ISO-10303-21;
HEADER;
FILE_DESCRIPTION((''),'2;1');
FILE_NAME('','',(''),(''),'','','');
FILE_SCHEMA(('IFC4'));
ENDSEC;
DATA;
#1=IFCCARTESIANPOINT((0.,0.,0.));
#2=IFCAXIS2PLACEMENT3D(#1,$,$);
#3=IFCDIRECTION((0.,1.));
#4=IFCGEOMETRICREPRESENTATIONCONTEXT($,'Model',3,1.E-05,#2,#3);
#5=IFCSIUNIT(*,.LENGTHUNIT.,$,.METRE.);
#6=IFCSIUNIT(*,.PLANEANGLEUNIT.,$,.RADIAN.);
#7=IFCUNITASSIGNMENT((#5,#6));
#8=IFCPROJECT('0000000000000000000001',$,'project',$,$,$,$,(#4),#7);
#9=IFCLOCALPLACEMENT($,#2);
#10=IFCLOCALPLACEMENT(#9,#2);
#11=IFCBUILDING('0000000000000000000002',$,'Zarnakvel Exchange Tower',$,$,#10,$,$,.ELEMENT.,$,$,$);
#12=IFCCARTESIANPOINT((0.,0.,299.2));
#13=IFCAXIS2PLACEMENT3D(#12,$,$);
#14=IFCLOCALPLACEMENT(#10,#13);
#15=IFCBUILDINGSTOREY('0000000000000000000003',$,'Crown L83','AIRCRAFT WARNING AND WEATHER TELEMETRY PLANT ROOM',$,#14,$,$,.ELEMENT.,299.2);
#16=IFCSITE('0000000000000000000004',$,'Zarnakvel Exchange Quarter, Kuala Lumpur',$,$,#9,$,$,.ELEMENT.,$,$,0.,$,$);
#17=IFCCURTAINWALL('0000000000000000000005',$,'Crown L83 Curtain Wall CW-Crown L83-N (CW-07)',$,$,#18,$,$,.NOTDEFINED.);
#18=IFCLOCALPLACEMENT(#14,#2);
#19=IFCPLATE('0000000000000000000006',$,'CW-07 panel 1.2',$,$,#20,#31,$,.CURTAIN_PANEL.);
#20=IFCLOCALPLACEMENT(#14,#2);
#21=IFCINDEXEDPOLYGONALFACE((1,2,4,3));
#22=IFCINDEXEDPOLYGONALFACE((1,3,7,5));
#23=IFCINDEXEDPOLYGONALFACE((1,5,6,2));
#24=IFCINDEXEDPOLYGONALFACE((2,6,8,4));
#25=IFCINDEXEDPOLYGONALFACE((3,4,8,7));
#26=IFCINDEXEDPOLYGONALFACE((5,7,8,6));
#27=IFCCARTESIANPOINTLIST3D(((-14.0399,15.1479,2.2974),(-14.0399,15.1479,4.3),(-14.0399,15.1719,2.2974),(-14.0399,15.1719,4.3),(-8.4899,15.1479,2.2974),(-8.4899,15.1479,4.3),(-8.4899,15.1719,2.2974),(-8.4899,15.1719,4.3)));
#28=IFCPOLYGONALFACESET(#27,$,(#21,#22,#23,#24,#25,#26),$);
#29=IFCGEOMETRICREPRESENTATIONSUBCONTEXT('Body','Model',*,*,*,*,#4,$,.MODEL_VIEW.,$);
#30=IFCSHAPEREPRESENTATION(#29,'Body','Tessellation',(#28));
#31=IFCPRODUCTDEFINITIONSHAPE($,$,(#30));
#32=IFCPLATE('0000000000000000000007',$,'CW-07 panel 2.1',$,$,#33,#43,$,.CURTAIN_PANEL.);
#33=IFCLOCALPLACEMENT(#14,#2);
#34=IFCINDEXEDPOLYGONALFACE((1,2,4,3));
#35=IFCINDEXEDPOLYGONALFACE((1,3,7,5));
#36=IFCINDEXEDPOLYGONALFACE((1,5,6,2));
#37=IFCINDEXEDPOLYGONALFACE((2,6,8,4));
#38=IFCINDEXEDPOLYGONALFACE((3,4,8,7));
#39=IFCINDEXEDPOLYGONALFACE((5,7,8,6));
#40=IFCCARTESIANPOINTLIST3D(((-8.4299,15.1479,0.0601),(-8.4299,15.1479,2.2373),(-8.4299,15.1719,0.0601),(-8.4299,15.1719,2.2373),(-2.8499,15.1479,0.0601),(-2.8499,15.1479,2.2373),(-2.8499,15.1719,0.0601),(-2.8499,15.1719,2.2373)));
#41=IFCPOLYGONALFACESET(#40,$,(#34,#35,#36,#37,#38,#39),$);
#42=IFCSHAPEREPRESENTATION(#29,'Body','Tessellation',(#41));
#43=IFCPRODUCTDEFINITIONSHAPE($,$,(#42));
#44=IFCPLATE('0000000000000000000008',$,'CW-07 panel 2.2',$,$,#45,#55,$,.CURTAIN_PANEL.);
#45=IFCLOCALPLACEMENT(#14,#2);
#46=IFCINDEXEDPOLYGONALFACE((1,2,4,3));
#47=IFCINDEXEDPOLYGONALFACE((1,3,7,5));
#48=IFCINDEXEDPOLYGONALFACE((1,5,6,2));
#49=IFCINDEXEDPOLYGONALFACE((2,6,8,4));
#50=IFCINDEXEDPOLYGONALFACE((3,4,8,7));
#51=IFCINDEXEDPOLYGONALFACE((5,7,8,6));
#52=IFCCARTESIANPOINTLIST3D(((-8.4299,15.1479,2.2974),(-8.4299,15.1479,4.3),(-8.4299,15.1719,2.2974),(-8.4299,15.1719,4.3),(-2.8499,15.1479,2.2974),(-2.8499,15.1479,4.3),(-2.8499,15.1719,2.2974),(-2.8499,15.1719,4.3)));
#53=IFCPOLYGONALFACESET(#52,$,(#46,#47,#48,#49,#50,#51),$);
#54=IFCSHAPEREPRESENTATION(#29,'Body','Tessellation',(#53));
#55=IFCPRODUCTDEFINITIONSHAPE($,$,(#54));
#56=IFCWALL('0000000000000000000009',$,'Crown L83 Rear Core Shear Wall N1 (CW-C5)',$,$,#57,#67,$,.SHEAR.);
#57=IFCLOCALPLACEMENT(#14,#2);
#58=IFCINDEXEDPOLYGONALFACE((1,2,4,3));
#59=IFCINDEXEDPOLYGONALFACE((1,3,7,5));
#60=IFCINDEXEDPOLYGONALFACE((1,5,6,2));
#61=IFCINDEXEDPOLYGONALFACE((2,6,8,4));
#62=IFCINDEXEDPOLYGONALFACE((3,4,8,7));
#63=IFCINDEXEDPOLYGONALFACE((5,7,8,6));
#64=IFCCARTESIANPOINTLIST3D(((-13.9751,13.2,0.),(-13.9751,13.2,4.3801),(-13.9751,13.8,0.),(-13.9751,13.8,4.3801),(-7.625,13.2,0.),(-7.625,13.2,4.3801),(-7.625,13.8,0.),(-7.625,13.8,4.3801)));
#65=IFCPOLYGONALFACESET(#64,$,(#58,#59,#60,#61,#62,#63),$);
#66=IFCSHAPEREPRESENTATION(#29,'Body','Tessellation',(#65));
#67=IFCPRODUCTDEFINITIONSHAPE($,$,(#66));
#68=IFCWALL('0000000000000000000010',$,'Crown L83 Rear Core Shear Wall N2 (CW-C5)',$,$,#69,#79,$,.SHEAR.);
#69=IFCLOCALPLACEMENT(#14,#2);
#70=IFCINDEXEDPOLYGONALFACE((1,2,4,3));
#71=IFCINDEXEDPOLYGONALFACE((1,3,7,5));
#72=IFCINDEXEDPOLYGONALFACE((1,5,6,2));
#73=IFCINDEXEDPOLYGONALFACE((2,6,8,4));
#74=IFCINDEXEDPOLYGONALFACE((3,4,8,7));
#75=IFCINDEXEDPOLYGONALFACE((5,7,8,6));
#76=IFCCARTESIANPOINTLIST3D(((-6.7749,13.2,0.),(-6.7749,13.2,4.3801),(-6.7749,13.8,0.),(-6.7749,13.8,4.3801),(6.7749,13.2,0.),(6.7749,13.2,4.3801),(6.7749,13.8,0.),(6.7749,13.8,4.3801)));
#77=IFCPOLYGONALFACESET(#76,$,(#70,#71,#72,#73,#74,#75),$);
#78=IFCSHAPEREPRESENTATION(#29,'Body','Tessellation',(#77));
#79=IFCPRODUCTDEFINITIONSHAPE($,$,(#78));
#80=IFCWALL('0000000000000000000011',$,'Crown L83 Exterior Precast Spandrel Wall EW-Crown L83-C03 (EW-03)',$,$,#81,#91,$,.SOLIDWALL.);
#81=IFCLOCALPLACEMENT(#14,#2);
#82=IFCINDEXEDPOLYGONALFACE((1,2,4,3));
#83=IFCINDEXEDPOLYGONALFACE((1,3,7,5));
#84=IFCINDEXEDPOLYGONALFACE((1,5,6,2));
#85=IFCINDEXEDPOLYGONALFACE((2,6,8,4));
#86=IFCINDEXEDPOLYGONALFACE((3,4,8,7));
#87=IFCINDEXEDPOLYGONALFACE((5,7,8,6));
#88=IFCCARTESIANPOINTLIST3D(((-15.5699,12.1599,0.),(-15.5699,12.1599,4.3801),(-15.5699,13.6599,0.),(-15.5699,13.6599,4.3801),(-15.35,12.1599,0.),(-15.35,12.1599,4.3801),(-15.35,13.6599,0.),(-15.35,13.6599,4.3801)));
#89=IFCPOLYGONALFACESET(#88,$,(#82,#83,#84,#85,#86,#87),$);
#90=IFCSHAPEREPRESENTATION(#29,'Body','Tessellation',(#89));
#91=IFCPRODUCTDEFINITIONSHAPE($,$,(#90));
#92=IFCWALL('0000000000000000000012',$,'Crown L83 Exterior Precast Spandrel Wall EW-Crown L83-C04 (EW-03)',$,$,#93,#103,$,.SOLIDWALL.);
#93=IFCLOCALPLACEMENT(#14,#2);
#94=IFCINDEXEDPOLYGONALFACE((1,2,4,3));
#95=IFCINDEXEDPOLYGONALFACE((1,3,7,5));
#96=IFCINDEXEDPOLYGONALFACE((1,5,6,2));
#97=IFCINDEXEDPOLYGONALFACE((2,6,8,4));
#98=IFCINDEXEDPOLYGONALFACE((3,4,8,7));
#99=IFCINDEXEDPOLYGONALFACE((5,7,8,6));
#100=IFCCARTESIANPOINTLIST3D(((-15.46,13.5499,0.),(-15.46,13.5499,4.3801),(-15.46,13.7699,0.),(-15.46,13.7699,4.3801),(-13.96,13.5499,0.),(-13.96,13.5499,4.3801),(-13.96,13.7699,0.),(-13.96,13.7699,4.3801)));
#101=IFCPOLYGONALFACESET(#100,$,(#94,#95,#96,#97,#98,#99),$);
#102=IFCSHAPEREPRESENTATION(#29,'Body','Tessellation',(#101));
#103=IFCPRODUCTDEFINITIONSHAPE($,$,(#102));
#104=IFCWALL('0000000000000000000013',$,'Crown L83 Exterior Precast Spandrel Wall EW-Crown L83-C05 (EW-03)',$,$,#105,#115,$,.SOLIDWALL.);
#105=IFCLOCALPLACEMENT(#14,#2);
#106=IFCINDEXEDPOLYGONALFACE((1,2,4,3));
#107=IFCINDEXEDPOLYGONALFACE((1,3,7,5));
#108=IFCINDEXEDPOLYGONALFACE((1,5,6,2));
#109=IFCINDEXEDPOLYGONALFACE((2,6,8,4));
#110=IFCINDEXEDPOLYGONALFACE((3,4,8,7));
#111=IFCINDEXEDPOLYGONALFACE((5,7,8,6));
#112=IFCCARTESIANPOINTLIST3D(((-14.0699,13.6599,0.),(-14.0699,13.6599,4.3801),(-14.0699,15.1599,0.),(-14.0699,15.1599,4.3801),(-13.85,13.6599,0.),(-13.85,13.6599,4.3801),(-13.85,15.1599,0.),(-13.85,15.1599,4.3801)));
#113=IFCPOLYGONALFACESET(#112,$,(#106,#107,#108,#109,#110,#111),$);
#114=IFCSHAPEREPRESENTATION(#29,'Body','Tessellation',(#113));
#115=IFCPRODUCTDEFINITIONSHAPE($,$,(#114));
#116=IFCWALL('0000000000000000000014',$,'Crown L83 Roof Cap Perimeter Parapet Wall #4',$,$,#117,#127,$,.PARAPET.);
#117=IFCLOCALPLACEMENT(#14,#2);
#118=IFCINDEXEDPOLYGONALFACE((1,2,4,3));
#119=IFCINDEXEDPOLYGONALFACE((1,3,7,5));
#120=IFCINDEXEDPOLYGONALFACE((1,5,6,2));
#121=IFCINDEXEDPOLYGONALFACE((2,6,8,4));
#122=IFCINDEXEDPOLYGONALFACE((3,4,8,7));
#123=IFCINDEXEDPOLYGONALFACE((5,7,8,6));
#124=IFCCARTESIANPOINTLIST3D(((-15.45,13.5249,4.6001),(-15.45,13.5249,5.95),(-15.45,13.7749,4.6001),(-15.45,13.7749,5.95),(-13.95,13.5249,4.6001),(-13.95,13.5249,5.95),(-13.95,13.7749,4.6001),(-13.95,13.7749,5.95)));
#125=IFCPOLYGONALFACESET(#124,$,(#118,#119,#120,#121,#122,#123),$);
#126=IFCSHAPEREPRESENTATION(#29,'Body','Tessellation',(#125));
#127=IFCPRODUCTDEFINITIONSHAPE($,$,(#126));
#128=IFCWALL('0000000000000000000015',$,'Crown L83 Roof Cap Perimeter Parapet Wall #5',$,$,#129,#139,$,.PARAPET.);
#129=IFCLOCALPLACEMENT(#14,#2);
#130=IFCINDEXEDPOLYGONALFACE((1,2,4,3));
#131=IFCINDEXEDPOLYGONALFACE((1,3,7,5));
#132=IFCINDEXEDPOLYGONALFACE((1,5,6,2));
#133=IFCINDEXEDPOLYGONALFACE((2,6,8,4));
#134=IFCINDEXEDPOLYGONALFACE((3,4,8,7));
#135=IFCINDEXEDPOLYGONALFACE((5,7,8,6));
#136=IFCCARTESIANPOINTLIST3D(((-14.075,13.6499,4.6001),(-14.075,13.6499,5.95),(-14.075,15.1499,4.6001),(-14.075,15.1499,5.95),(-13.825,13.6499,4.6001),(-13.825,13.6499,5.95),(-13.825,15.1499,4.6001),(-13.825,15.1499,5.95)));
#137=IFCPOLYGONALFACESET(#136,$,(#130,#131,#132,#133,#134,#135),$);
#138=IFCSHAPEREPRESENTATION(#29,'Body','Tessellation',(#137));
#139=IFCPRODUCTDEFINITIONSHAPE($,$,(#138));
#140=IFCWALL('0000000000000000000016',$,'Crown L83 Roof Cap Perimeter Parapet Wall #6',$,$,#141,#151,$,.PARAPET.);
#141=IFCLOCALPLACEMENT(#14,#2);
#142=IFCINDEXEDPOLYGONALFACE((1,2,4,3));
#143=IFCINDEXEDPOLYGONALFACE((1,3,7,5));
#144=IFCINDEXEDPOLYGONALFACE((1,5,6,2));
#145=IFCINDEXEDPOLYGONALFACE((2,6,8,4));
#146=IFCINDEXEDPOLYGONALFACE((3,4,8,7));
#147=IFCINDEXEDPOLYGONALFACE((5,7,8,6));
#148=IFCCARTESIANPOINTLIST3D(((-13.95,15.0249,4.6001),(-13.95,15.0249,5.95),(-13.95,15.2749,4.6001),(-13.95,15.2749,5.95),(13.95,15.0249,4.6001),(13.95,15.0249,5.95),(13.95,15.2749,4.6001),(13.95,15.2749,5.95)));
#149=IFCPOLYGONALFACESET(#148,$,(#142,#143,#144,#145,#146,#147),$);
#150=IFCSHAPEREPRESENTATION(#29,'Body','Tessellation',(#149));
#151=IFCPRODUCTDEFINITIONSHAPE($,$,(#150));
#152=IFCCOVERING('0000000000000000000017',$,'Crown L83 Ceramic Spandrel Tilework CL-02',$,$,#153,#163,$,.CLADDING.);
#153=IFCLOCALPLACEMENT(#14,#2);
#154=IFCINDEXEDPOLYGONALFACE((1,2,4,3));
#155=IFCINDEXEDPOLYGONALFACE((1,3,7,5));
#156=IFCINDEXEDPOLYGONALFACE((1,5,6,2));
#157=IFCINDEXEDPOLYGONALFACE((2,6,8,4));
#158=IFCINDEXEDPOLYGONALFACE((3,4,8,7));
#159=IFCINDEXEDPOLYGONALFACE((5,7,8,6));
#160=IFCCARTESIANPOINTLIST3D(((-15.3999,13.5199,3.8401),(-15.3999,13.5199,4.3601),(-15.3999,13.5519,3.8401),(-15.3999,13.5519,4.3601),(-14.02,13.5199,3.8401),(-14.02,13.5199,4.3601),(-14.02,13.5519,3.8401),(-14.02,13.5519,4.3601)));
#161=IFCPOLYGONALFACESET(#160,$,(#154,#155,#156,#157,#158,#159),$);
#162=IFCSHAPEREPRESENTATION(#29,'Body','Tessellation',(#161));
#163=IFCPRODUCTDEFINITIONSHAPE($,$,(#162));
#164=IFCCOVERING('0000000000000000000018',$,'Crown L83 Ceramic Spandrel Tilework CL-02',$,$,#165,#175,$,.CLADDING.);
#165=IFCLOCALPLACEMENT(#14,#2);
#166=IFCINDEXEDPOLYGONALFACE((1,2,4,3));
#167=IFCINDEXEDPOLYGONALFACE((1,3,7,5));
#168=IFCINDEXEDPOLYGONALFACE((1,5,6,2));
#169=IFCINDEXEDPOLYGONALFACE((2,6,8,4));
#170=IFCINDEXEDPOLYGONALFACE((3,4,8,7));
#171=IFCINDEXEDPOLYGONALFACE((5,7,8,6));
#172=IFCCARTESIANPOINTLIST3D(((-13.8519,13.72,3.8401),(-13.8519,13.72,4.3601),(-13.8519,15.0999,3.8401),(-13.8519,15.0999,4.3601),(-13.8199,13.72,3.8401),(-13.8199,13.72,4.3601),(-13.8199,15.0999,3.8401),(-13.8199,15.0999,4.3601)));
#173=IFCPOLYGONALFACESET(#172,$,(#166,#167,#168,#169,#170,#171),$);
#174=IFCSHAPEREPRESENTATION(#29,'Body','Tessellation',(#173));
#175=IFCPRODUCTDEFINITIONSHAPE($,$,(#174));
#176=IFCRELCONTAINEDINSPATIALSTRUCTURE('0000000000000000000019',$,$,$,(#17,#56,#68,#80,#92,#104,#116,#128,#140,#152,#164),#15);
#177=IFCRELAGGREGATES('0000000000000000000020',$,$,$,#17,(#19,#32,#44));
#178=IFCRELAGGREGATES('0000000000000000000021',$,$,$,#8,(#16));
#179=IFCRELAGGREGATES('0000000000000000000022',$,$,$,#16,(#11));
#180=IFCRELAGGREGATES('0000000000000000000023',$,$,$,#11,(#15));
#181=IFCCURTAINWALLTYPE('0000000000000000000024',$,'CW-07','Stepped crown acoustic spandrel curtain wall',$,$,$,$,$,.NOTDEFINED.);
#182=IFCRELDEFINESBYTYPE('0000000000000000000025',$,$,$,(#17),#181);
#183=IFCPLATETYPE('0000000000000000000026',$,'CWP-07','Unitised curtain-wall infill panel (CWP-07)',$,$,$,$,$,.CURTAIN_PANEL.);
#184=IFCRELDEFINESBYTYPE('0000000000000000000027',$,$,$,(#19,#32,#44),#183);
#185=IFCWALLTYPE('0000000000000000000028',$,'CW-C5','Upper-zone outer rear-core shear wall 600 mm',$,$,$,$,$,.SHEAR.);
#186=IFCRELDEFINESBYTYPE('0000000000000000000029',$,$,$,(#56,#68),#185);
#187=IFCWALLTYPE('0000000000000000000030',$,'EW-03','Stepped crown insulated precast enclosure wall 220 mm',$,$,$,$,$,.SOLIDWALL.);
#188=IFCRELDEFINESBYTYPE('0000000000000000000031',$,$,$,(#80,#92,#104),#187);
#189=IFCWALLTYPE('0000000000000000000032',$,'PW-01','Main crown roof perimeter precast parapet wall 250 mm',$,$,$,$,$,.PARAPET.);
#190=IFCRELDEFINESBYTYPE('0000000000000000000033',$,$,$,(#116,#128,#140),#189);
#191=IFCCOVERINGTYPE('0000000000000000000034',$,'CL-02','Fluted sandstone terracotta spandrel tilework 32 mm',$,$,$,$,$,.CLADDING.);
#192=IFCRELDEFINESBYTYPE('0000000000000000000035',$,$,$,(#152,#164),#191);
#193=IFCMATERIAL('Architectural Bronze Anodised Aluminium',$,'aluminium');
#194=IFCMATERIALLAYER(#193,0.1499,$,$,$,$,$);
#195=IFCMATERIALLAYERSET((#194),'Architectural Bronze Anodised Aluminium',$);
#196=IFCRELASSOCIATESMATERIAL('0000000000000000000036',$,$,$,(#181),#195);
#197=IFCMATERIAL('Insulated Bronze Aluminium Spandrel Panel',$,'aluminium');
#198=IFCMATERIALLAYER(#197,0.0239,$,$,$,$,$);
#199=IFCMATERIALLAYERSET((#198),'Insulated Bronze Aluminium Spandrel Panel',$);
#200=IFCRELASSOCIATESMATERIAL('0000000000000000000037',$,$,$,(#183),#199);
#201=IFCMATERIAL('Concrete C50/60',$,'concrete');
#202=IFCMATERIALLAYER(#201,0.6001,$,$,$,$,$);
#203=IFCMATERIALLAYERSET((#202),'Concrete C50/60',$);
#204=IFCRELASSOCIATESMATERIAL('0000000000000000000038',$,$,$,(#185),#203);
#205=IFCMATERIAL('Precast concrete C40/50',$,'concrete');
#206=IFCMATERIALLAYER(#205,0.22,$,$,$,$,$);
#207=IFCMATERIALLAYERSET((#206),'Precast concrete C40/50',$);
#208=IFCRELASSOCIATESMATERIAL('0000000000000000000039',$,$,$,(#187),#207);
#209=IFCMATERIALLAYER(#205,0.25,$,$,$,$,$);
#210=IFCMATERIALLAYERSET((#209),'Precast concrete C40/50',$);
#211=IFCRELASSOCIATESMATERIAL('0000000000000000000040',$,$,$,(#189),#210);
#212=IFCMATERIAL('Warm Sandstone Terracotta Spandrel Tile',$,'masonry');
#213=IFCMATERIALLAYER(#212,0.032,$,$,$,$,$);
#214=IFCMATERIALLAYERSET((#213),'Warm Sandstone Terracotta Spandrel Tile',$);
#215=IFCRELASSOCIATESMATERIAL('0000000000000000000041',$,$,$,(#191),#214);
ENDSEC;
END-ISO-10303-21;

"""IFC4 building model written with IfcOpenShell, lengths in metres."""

from ifc_helpers import new_model, si_unit, direction, frame, frame_2d, origin, origin_2d, place, context, subcontext, project, spatial, rectangle, extrude, source, transform, mapped, material, layer, layer_set, type_object, element, aggregate, save


model = new_model("IFC4")

# Units and contexts
model_context = context("Model", 3, precision=1e-05, world=origin(), true_north=direction((0.0, 1.0)))
body_context = subcontext(model_context, "Body", "Model", "MODEL_VIEW")
ifc_project = project(units=[si_unit("LENGTHUNIT", "METRE"), si_unit("PLANEANGLEUNIT", "RADIAN")], contexts=[model_context])

# Site, building, storey
site_placement = place(None, origin())
site = spatial("IfcSite", under=ifc_project, at=site_placement, Name="Zarnakvel Exchange Quarter, Kuala Lumpur", CompositionType="ELEMENT", RefElevation=0.0)
building_placement = place(site_placement, origin())
building = spatial("IfcBuilding", under=site, at=building_placement, Name="Zarnakvel Exchange Tower", CompositionType="ELEMENT")
storey_placement = place(building_placement, frame((0.0, 0.0, 299.2)))
storey = spatial("IfcBuildingStorey", under=building, at=storey_placement, Name="Crown L83", Description="AIRCRAFT WARNING AND WEATHER TELEMETRY PLANT ROOM", CompositionType="ELEMENT", Elevation=299.2)

# Shared definitions
ifc_material_1 = material(Name="Concrete C50/60", Category="concrete")

# Curtain wall
ifc_material_2 = material(Name="Architectural Bronze Anodised Aluminium", Category="aluminium")
ifc_layer_1 = layer(ifc_material_2, 0.1499)
ifc_layer_set_1 = layer_set([ifc_layer_1], Name="Architectural Bronze Anodised Aluminium")
curtain_wall_type = type_object("IfcCurtainWallType", Name="CW-07", Description="Stepped crown acoustic spandrel curtain wall", PredefinedType="NOTDEFINED", material=ifc_layer_set_1)
curtain_wall_placement = place(storey_placement, origin())
curtain_wall = element("IfcCurtainWall", 1, at=curtain_wall_placement, inside=storey, type_object=curtain_wall_type, Name="Crown L83 Curtain Wall CW-Crown L83-N (CW-07)", PredefinedType="NOTDEFINED")

# Plates
ifc_material_3 = material(Name="Insulated Bronze Aluminium Spandrel Panel", Category="aluminium")
ifc_layer_2 = layer(ifc_material_3, 0.0239)
ifc_layer_set_2 = layer_set([ifc_layer_2], Name="Insulated Bronze Aluminium Spandrel Panel")
plate_type_1 = type_object("IfcPlateType", Name="CWP-07", Description="Unitised curtain-wall infill panel (CWP-07)", PredefinedType="CURTAIN_PANEL", material=ifc_layer_set_2)
shared_shape_1 = source(origin(), body_context, "Body", "SweptSolid", [
    extrude(rectangle(XDim=5.55, YDim=0.0239, at=origin_2d()), origin(), (0.0, 0.0, 1.0), 2.0027),
])
plate_1_placement = place(storey_placement, frame((-11.2649, 15.1599, 2.2974), z_axis=(0.0, 0.0, 1.0), x_axis=(1.0, 0.0, 0.0)))
plate_1 = element("IfcPlate", 2, at=plate_1_placement, type_object=plate_type_1, Name="CW-07 panel 1.2", PredefinedType="CURTAIN_PANEL", context=body_context, shape_type="MappedRepresentation", body=[
    mapped(shared_shape_1, transform((0.0, 0.0, 0.0), x_axis=(1.0, 0.0, 0.0), y_axis=(0.0, 1.0, 0.0), z_axis=(0.0, 0.0, 1.0), scale=1.0)),
])
shared_shape_2 = source(origin(), body_context, "Body", "SweptSolid", [
    extrude(rectangle(XDim=5.5801, YDim=0.0239, at=origin_2d()), origin(), (0.0, 0.0, 1.0), 2.1772),
])
plate_2_placement = place(storey_placement, frame((-5.6399, 15.1599, 0.0601), z_axis=(0.0, 0.0, 1.0), x_axis=(1.0, 0.0, 0.0)))
plate_2 = element("IfcPlate", 3, at=plate_2_placement, type_object=plate_type_1, Name="CW-07 panel 2.1", PredefinedType="CURTAIN_PANEL", context=body_context, shape_type="MappedRepresentation", body=[
    mapped(shared_shape_2, transform((0.0, 0.0, 0.0), x_axis=(1.0, 0.0, 0.0), y_axis=(0.0, 1.0, 0.0), z_axis=(0.0, 0.0, 1.0), scale=1.0)),
])
shared_shape_3 = source(origin(), body_context, "Body", "SweptSolid", [
    extrude(rectangle(XDim=5.5801, YDim=0.0239, at=origin_2d()), origin(), (0.0, 0.0, 1.0), 2.0027),
])
plate_3_placement = place(storey_placement, frame((-5.6399, 15.1599, 2.2974), z_axis=(0.0, 0.0, 1.0), x_axis=(1.0, 0.0, 0.0)))
plate_3 = element("IfcPlate", 4, at=plate_3_placement, type_object=plate_type_1, Name="CW-07 panel 2.2", PredefinedType="CURTAIN_PANEL", context=body_context, shape_type="MappedRepresentation", body=[
    mapped(shared_shape_3, transform((0.0, 0.0, 0.0), x_axis=(1.0, 0.0, 0.0), y_axis=(0.0, 1.0, 0.0), z_axis=(0.0, 0.0, 1.0), scale=1.0)),
])
aggregate(curtain_wall, [plate_1, plate_2, plate_3])

# Walls
ifc_layer_3 = layer(ifc_material_1, 0.6001)
ifc_layer_set_3 = layer_set([ifc_layer_3], Name="Concrete C50/60")
wall_type_1 = type_object("IfcWallType", Name="CW-C5", Description="Upper-zone outer rear-core shear wall 600 mm", PredefinedType="SHEAR", material=ifc_layer_set_3)
wall_1_placement = place(storey_placement, frame((-13.9751, 13.5, 0.0), z_axis=(0.0, 0.0, 1.0), x_axis=(1.0, 0.0, 0.0)))
element("IfcWall", 5, at=wall_1_placement, inside=storey, type_object=wall_type_1, Name="Crown L83 Rear Core Shear Wall N1 (CW-C5)", PredefinedType="SHEAR", context=body_context, shape_type="SweptSolid", body=[
    extrude(rectangle(XDim=6.3501, YDim=0.6001, at=frame_2d((3.175, 0.0))), origin(), (0.0, 0.0, 1.0), 4.3801),
])
wall_2_placement = place(storey_placement, frame((-6.7749, 13.5, 0.0), z_axis=(0.0, 0.0, 1.0), x_axis=(1.0, 0.0, 0.0)))
element("IfcWall", 6, at=wall_2_placement, inside=storey, type_object=wall_type_1, Name="Crown L83 Rear Core Shear Wall N2 (CW-C5)", PredefinedType="SHEAR", context=body_context, shape_type="SweptSolid", body=[
    extrude(rectangle(XDim=13.5498, YDim=0.6001, at=frame_2d((6.7749, 0.0))), origin(), (0.0, 0.0, 1.0), 4.3801),
])
ifc_material_4 = material(Name="Precast concrete C40/50", Category="concrete")
ifc_layer_4 = layer(ifc_material_4, 0.22)
ifc_layer_set_4 = layer_set([ifc_layer_4], Name="Precast concrete C40/50")
wall_type_2 = type_object("IfcWallType", Name="EW-03", Description="Stepped crown insulated precast enclosure wall 220 mm", PredefinedType="SOLIDWALL", material=ifc_layer_set_4)
for number, where, z_axis, x_axis, name in (
    (7, (-15.46, 13.6599, 0.0), (0.0, 0.0, 1.0), (0.0, -1.0, 0.0), "Crown L83 Exterior Precast Spandrel Wall EW-Crown L83-C03 (EW-03)"),
    (8, (-13.96, 13.6599, 0.0), (0.0, 0.0, 1.0), (-1.0, 0.0, 0.0), "Crown L83 Exterior Precast Spandrel Wall EW-Crown L83-C04 (EW-03)"),
    (9, (-13.96, 15.1599, 0.0), (0.0, 0.0, 1.0), (0.0, -1.0, 0.0), "Crown L83 Exterior Precast Spandrel Wall EW-Crown L83-C05 (EW-03)"),
):
    element("IfcWall", number, at=place(storey_placement, frame(where, z_axis=z_axis, x_axis=x_axis)), inside=storey, type_object=wall_type_2, Name=name, PredefinedType="SOLIDWALL", context=body_context, shape_type="SweptSolid", body=[
        extrude(rectangle(XDim=1.5, YDim=0.22, at=frame_2d((0.75, 0.0))), origin(), (0.0, 0.0, 1.0), 4.3801),
    ])
ifc_layer_5 = layer(ifc_material_4, 0.25)
ifc_layer_set_5 = layer_set([ifc_layer_5], Name="Precast concrete C40/50")
wall_type_3 = type_object("IfcWallType", Name="PW-01", Description="Main crown roof perimeter precast parapet wall 250 mm", PredefinedType="PARAPET", material=ifc_layer_set_5)
for number, where, z_axis, x_axis, name in (
    (10, (-15.45, 13.6499, 4.6001), (0.0, 0.0, 1.0), (1.0, 0.0, 0.0), "Crown L83 Roof Cap Perimeter Parapet Wall #4"),
    (11, (-13.95, 13.6499, 4.6001), (0.0, 0.0, 1.0), (0.0, 1.0, 0.0), "Crown L83 Roof Cap Perimeter Parapet Wall #5"),
):
    element("IfcWall", number, at=place(storey_placement, frame(where, z_axis=z_axis, x_axis=x_axis)), inside=storey, type_object=wall_type_3, Name=name, PredefinedType="PARAPET", context=body_context, shape_type="SweptSolid", body=[
        extrude(rectangle(XDim=1.5, YDim=0.25, at=frame_2d((0.75, 0.0))), origin(), (0.0, 0.0, 1.0), 1.3499),
    ])
wall_3_placement = place(storey_placement, frame((-13.95, 15.1499, 4.6001), z_axis=(0.0, 0.0, 1.0), x_axis=(1.0, 0.0, 0.0)))
element("IfcWall", 12, at=wall_3_placement, inside=storey, type_object=wall_type_3, Name="Crown L83 Roof Cap Perimeter Parapet Wall #6", PredefinedType="PARAPET", context=body_context, shape_type="SweptSolid", body=[
    extrude(rectangle(XDim=27.8999, YDim=0.25, at=frame_2d((13.95, 0.0))), origin(), (0.0, 0.0, 1.0), 1.3499),
])

# Coverings
ifc_material_5 = material(Name="Warm Sandstone Terracotta Spandrel Tile", Category="masonry")
ifc_layer_6 = layer(ifc_material_5, 0.032)
ifc_layer_set_6 = layer_set([ifc_layer_6], Name="Warm Sandstone Terracotta Spandrel Tile")
covering_type = type_object("IfcCoveringType", Name="CL-02", Description="Fluted sandstone terracotta spandrel tilework 32 mm", PredefinedType="CLADDING", material=ifc_layer_set_6)
shared_shape_4 = source(origin(), body_context, "Body", "SweptSolid", [
    extrude(rectangle(XDim=1.3799, YDim=0.032, at=origin_2d()), origin(), (0.0, 0.0, 1.0), 0.52),
])
for number, where, z_axis, x_axis, name in (
    (13, (-14.71, 13.5359, 3.8401), (0.0, 0.0, 1.0), (-1.0, 0.0, 0.0), "Crown L83 Ceramic Spandrel Tilework CL-02"),
    (14, (-13.8359, 14.4099, 3.8401), (0.0, 0.0, 1.0), (0.0, -1.0, 0.0), "Crown L83 Ceramic Spandrel Tilework CL-02"),
):
    element("IfcCovering", number, at=place(storey_placement, frame(where, z_axis=z_axis, x_axis=x_axis)), inside=storey, type_object=covering_type, Name=name, PredefinedType="CLADDING", context=body_context, shape_type="MappedRepresentation", body=[
        mapped(shared_shape_4, transform((0.0, 0.0, 0.0), x_axis=(1.0, 0.0, 0.0), y_axis=(0.0, 1.0, 0.0), z_axis=(0.0, 0.0, 1.0), scale=1.0)),
    ])

save(model, "model.ifc")
